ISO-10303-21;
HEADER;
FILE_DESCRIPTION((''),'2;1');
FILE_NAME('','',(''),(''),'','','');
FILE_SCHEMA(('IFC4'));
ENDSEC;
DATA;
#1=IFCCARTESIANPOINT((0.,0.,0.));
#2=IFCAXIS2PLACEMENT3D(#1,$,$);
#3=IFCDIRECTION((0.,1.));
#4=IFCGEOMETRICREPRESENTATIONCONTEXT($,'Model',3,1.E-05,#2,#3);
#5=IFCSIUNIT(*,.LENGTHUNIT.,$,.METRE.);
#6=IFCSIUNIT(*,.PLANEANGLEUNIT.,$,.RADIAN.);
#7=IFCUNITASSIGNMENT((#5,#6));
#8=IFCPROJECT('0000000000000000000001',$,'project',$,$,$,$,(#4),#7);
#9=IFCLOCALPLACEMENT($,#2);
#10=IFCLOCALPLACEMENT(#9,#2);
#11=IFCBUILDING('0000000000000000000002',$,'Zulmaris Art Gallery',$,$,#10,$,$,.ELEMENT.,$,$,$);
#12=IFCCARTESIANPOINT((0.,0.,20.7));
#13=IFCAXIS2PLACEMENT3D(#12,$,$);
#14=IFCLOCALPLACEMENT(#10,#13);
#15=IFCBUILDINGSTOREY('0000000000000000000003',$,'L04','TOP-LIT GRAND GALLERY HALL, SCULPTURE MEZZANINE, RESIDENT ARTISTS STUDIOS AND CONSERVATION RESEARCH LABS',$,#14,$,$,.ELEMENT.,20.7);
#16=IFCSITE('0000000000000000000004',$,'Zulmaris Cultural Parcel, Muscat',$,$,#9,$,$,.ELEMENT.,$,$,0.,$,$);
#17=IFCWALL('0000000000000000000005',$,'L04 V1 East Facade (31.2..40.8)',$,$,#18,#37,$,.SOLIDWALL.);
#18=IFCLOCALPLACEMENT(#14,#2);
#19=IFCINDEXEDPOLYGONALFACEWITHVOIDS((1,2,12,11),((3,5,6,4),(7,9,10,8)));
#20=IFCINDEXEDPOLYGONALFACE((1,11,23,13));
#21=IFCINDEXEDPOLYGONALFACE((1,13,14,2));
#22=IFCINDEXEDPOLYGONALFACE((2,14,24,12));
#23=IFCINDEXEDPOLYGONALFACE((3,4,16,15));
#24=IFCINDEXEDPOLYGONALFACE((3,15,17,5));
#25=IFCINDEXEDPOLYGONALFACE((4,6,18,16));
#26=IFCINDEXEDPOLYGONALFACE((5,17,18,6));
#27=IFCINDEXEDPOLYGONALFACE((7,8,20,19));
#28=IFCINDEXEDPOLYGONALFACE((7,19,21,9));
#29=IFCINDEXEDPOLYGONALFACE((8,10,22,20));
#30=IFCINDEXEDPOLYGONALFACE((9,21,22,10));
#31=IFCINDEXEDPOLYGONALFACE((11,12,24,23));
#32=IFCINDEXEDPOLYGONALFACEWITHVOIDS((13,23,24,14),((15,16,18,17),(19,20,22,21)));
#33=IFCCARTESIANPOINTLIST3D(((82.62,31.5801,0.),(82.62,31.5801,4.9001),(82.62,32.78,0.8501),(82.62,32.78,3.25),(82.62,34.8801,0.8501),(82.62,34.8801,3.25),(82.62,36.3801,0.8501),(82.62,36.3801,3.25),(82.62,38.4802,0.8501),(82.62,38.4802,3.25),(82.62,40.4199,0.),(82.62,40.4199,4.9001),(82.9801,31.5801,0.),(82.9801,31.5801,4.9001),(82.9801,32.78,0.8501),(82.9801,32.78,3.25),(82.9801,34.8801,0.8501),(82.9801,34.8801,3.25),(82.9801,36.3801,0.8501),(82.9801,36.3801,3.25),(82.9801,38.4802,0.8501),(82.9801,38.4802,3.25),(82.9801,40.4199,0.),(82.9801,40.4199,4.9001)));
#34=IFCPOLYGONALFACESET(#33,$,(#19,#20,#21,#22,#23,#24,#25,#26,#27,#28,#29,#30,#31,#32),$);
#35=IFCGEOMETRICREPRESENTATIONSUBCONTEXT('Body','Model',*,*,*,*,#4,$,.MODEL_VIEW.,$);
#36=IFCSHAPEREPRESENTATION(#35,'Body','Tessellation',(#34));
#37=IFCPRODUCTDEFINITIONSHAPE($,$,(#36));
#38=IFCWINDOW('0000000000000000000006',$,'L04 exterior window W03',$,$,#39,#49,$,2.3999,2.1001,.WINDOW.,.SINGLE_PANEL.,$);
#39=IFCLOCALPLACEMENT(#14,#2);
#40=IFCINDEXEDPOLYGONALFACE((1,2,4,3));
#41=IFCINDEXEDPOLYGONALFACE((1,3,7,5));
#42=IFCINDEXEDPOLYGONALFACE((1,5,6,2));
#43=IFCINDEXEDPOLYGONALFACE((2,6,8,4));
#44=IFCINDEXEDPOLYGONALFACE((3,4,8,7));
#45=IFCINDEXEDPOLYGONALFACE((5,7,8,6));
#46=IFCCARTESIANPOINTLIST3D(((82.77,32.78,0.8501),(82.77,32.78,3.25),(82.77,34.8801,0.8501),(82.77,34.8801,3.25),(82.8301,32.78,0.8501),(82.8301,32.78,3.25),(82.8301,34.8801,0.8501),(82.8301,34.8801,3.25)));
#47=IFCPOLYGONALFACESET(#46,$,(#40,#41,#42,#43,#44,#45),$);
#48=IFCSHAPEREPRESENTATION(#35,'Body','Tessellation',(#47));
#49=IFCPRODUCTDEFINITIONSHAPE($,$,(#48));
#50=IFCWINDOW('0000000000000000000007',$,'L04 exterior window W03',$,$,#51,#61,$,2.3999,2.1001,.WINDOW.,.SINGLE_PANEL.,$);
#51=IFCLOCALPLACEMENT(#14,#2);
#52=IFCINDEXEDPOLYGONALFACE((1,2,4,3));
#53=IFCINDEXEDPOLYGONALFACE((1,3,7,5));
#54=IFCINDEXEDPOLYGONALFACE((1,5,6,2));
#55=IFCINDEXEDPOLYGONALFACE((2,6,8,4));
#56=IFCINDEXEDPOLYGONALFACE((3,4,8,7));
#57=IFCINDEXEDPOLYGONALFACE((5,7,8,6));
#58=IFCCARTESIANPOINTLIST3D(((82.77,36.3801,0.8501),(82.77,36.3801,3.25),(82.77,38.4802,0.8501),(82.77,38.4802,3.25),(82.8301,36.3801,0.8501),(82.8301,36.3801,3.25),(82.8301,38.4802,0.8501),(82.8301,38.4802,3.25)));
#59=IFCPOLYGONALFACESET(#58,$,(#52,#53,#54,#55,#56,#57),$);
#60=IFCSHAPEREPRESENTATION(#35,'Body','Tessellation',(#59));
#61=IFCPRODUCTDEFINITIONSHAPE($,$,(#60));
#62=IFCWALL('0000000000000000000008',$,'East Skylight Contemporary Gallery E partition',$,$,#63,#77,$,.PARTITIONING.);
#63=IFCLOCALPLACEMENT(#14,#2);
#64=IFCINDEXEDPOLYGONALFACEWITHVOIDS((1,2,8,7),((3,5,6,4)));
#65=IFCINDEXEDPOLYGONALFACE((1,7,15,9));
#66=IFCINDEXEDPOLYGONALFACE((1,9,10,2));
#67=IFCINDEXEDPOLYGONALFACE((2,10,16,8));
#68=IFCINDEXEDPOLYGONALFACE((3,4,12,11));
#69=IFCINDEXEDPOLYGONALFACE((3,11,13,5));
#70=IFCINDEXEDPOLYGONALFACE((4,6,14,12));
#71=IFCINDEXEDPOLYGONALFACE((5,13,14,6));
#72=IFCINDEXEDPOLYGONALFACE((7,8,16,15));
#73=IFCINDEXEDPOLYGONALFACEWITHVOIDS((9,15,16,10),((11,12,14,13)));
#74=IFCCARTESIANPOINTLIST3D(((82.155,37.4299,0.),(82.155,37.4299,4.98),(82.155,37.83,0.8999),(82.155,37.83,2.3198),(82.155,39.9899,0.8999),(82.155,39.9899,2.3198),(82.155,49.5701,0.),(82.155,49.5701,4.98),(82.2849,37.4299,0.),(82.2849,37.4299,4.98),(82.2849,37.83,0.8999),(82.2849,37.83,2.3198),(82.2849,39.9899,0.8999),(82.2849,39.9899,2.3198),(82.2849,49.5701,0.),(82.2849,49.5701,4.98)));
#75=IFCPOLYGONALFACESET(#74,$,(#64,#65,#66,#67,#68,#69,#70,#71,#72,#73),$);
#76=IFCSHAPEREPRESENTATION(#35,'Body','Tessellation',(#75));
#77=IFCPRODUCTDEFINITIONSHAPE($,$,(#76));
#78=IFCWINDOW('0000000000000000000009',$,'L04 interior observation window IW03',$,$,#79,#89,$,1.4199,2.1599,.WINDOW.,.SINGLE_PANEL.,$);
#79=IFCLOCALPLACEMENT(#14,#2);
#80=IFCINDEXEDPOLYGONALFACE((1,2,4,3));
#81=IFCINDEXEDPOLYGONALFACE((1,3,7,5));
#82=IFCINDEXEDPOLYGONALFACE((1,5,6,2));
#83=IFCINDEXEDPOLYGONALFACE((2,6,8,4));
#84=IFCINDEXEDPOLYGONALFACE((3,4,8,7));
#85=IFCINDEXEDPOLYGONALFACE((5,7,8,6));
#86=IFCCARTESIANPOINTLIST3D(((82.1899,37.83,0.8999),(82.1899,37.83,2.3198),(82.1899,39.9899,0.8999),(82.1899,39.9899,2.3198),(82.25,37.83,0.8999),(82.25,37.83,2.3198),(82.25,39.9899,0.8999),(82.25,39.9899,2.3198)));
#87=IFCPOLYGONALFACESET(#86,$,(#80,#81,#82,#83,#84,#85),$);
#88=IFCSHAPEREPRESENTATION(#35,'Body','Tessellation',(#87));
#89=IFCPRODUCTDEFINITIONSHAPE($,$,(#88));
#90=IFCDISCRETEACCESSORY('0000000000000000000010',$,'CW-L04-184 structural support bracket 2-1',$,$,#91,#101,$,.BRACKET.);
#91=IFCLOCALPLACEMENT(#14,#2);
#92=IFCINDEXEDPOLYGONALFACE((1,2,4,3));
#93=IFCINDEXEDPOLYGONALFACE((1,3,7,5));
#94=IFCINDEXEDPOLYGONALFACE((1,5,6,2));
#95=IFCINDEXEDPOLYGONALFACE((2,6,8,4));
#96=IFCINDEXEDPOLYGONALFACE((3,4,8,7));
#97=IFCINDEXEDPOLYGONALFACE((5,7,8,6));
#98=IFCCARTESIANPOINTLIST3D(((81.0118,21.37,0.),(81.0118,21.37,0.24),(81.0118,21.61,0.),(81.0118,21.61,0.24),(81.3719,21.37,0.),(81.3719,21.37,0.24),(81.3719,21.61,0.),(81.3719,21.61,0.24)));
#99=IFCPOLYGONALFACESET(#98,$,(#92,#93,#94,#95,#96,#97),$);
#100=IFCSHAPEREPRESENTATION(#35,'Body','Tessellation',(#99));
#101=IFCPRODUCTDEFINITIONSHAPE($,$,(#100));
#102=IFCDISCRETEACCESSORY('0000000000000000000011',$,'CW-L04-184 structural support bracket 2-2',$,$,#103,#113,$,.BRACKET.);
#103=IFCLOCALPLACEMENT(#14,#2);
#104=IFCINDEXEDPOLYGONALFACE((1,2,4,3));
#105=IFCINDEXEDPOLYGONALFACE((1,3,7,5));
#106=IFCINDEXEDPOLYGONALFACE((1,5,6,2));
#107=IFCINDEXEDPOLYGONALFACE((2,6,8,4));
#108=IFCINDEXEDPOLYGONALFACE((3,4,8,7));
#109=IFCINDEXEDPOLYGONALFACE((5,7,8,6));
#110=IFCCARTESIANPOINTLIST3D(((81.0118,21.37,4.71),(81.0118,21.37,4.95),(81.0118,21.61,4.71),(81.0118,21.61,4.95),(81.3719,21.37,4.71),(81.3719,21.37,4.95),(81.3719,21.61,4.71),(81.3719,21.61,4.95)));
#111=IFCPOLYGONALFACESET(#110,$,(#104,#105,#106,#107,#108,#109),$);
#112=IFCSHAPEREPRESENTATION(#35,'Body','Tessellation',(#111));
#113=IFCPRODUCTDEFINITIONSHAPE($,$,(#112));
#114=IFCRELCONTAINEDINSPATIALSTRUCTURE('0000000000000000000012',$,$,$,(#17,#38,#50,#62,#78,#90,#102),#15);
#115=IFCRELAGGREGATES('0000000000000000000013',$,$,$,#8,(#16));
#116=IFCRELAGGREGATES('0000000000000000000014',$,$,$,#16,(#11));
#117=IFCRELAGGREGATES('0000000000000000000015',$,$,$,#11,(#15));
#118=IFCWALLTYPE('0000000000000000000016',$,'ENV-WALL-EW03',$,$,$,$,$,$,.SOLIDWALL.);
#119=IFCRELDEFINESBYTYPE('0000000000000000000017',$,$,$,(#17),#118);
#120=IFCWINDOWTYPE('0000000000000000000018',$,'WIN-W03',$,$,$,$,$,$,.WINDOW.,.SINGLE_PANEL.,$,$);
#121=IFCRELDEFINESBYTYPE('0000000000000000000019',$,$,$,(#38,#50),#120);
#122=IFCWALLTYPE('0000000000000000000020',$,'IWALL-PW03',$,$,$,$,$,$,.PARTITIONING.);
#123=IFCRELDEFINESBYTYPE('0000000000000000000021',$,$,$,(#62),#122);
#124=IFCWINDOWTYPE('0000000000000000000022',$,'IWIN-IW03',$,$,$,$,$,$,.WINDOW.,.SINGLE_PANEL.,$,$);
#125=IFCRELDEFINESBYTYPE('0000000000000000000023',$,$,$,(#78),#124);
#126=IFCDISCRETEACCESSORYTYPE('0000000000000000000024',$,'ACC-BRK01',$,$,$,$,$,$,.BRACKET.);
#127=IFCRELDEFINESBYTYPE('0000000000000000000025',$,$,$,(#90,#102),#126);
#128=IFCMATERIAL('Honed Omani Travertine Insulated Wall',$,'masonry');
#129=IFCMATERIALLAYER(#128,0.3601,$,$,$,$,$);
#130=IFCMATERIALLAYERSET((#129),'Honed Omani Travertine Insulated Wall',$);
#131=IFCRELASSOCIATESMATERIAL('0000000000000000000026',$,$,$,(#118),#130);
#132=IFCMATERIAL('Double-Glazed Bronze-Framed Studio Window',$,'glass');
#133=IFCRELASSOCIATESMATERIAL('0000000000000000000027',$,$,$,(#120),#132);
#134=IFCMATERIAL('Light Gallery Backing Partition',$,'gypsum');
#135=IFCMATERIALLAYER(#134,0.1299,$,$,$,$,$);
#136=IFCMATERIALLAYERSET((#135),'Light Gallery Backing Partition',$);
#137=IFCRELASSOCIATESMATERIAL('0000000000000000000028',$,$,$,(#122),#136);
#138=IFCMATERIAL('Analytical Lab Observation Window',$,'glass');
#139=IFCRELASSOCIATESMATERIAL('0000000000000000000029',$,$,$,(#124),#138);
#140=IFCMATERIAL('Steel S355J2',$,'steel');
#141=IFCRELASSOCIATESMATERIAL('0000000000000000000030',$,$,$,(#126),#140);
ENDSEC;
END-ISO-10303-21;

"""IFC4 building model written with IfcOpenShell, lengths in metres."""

from ifc_helpers import new_model, si_unit, direction, frame, frame_2d, origin, origin_2d, place, context, subcontext, project, spatial, rectangle, extrude, material, layer, layer_set, type_object, element, fill, save


model = new_model("IFC4")

# Units and contexts
model_context = context("Model", 3, precision=1e-05, world=origin(), true_north=direction((0.0, 1.0)))
body_context = subcontext(model_context, "Body", "Model", "MODEL_VIEW")
ifc_project = project(units=[si_unit("LENGTHUNIT", "METRE"), si_unit("PLANEANGLEUNIT", "RADIAN")], contexts=[model_context])

# Site, building, storey
site_placement = place(None, origin())
site = spatial("IfcSite", under=ifc_project, at=site_placement, Name="Zulmaris Cultural Parcel, Muscat", CompositionType="ELEMENT", RefElevation=0.0)
building_placement = place(site_placement, origin())
building = spatial("IfcBuilding", under=site, at=building_placement, Name="Zulmaris Art Gallery", CompositionType="ELEMENT")
storey_placement = place(building_placement, frame((0.0, 0.0, 20.7)))
storey = spatial("IfcBuildingStorey", under=building, at=storey_placement, Name="L04", Description="TOP-LIT GRAND GALLERY HALL, SCULPTURE MEZZANINE, RESIDENT ARTISTS STUDIOS AND CONSERVATION RESEARCH LABS", CompositionType="ELEMENT", Elevation=20.7)

# Shared definitions
ifc_material_1 = material(Name="Steel S355J2", Category="steel")

# Wall, openings, windows
ifc_material_2 = material(Name="Honed Omani Travertine Insulated Wall", Category="masonry")
ifc_layer_1 = layer(ifc_material_2, 0.3601)
ifc_layer_set_1 = layer_set([ifc_layer_1], Name="Honed Omani Travertine Insulated Wall")
wall_type_1 = type_object("IfcWallType", Name="ENV-WALL-EW03", PredefinedType="SOLIDWALL", material=ifc_layer_set_1)
ifc_material_3 = material(Name="Double-Glazed Bronze-Framed Studio Window", Category="glass")
window_type_1 = type_object("IfcWindowType", Name="WIN-W03", PartitioningType="SINGLE_PANEL", PredefinedType="WINDOW", material=ifc_material_3)
wall_1_placement = place(storey_placement, frame((82.8, 31.5801, 0.0), z_axis=(0.0, 0.0, 1.0), x_axis=(0.0, 1.0, 0.0)))
wall_1 = element("IfcWall", 1, at=wall_1_placement, inside=storey, type_object=wall_type_1, Name="L04 V1 East Facade (31.2..40.8)", PredefinedType="SOLIDWALL", context=body_context, shape_type="SweptSolid", body=[
    extrude(rectangle(XDim=8.8398, YDim=0.3601, at=frame_2d((4.4199, 0.0))), origin(), (0.0, 0.0, 1.0), 4.9001),
])
opening_1_placement = place(wall_1_placement, frame((1.2, 0.0, 0.8501)))
opening_1 = element("IfcOpeningElement", 2, at=opening_1_placement, cuts=wall_1, PredefinedType="OPENING", context=body_context, shape_type="SweptSolid", body=[
    extrude(rectangle(XDim=2.1001, YDim=2.3999, at=frame_2d((1.05, 1.2))), frame((0.0, 0.1899, 0.0), z_axis=(0.0, -1.0, 0.0), x_axis=(1.0, 0.0, 0.0)), (0.0, 0.0, 1.0), 0.3801),
])
opening_2_placement = place(wall_1_placement, frame((4.8, 0.0, 0.8501)))
opening_2 = element("IfcOpeningElement", 3, at=opening_2_placement, cuts=wall_1, PredefinedType="OPENING", context=body_context, shape_type="SweptSolid", body=[
    extrude(rectangle(XDim=2.1001, YDim=2.3999, at=frame_2d((1.05, 1.2))), frame((0.0, 0.1899, 0.0), z_axis=(0.0, -1.0, 0.0), x_axis=(1.0, 0.0, 0.0)), (0.0, 0.0, 1.0), 0.3801),
])
window_1_placement = place(opening_1_placement, origin())
window_1 = element("IfcWindow", 4, at=window_1_placement, inside=storey, type_object=window_type_1, Name="L04 exterior window W03", OverallHeight=2.3999, OverallWidth=2.1001, PartitioningType="SINGLE_PANEL", PredefinedType="WINDOW", context=body_context, shape_type="SweptSolid", body=[
    extrude(rectangle(XDim=2.1001, YDim=2.3999, at=frame_2d((1.05, 1.2))), frame((0.0, 0.03, 0.0), z_axis=(0.0, -1.0, 0.0), x_axis=(1.0, 0.0, 0.0)), (0.0, 0.0, 1.0), 0.0601),
])
fill(opening_1, window_1)
window_2_placement = place(opening_2_placement, origin())
window_2 = element("IfcWindow", 5, at=window_2_placement, inside=storey, type_object=window_type_1, Name="L04 exterior window W03", OverallHeight=2.3999, OverallWidth=2.1001, PartitioningType="SINGLE_PANEL", PredefinedType="WINDOW", context=body_context, shape_type="SweptSolid", body=[
    extrude(rectangle(XDim=2.1001, YDim=2.3999, at=frame_2d((1.05, 1.2))), frame((0.0, 0.03, 0.0), z_axis=(0.0, -1.0, 0.0), x_axis=(1.0, 0.0, 0.0)), (0.0, 0.0, 1.0), 0.0601),
])
fill(opening_2, window_2)

# Wall, opening, window
ifc_material_4 = material(Name="Light Gallery Backing Partition", Category="gypsum")
ifc_layer_2 = layer(ifc_material_4, 0.1299)
ifc_layer_set_2 = layer_set([ifc_layer_2], Name="Light Gallery Backing Partition")
wall_type_2 = type_object("IfcWallType", Name="IWALL-PW03", PredefinedType="PARTITIONING", material=ifc_layer_set_2)
wall_2_placement = place(storey_placement, frame((82.22, 37.4299, 0.0), z_axis=(0.0, 0.0, 1.0), x_axis=(0.0, 1.0, 0.0)))
wall_2 = element("IfcWall", 6, at=wall_2_placement, inside=storey, type_object=wall_type_2, Name="East Skylight Contemporary Gallery E partition", PredefinedType="PARTITIONING", context=body_context, shape_type="SweptSolid", body=[
    extrude(rectangle(XDim=12.1401, YDim=0.1299, at=frame_2d((6.0701, 0.0))), origin(), (0.0, 0.0, 1.0), 4.98),
])
opening_3_placement = place(wall_2_placement, frame((0.3999, 0.0, 0.8999)))
opening_3 = element("IfcOpeningElement", 7, at=opening_3_placement, cuts=wall_2, PredefinedType="OPENING", context=body_context, shape_type="SweptSolid", body=[
    extrude(rectangle(XDim=2.1599, YDim=1.4199, at=frame_2d((1.0801, 0.71))), frame((0.0, 0.075, 0.0), z_axis=(0.0, -1.0, 0.0), x_axis=(1.0, 0.0, 0.0)), (0.0, 0.0, 1.0), 0.1499),
])
ifc_material_5 = material(Name="Analytical Lab Observation Window", Category="glass")
window_type_2 = type_object("IfcWindowType", Name="IWIN-IW03", PartitioningType="SINGLE_PANEL", PredefinedType="WINDOW", material=ifc_material_5)
window_3_placement = place(opening_3_placement, origin())
window_3 = element("IfcWindow", 8, at=window_3_placement, inside=storey, type_object=window_type_2, Name="L04 interior observation window IW03", OverallHeight=1.4199, OverallWidth=2.1599, PartitioningType="SINGLE_PANEL", PredefinedType="WINDOW", context=body_context, shape_type="SweptSolid", body=[
    extrude(rectangle(XDim=2.1599, YDim=1.4199, at=frame_2d((1.0801, 0.71))), frame((0.0, 0.03, 0.0), z_axis=(0.0, -1.0, 0.0), x_axis=(1.0, 0.0, 0.0)), (0.0, 0.0, 1.0), 0.0601),
])
fill(opening_3, window_3)

# Discrete accessories
discrete_accessory_type = type_object("IfcDiscreteAccessoryType", Name="ACC-BRK01", PredefinedType="BRACKET", material=ifc_material_1)
for number, where, z_axis, x_axis, name in (
    (9, (81.1919, 21.49, 0.0), (0.0, 0.0, 1.0), (1.0, 0.0, 0.0), "CW-L04-184 structural support bracket 2-1"),
    (10, (81.1919, 21.49, 4.71), (0.0, 0.0, 1.0), (1.0, 0.0, 0.0), "CW-L04-184 structural support bracket 2-2"),
):
    element("IfcDiscreteAccessory", number, at=place(storey_placement, frame(where, z_axis=z_axis, x_axis=x_axis)), inside=storey, type_object=discrete_accessory_type, Name=name, PredefinedType="BRACKET", context=body_context, shape_type="SweptSolid", body=[
        extrude(rectangle(XDim=0.3601, YDim=0.24, at=origin_2d()), origin(), (0.0, 0.0, 1.0), 0.24),
    ])

save(model, "model.ifc")
